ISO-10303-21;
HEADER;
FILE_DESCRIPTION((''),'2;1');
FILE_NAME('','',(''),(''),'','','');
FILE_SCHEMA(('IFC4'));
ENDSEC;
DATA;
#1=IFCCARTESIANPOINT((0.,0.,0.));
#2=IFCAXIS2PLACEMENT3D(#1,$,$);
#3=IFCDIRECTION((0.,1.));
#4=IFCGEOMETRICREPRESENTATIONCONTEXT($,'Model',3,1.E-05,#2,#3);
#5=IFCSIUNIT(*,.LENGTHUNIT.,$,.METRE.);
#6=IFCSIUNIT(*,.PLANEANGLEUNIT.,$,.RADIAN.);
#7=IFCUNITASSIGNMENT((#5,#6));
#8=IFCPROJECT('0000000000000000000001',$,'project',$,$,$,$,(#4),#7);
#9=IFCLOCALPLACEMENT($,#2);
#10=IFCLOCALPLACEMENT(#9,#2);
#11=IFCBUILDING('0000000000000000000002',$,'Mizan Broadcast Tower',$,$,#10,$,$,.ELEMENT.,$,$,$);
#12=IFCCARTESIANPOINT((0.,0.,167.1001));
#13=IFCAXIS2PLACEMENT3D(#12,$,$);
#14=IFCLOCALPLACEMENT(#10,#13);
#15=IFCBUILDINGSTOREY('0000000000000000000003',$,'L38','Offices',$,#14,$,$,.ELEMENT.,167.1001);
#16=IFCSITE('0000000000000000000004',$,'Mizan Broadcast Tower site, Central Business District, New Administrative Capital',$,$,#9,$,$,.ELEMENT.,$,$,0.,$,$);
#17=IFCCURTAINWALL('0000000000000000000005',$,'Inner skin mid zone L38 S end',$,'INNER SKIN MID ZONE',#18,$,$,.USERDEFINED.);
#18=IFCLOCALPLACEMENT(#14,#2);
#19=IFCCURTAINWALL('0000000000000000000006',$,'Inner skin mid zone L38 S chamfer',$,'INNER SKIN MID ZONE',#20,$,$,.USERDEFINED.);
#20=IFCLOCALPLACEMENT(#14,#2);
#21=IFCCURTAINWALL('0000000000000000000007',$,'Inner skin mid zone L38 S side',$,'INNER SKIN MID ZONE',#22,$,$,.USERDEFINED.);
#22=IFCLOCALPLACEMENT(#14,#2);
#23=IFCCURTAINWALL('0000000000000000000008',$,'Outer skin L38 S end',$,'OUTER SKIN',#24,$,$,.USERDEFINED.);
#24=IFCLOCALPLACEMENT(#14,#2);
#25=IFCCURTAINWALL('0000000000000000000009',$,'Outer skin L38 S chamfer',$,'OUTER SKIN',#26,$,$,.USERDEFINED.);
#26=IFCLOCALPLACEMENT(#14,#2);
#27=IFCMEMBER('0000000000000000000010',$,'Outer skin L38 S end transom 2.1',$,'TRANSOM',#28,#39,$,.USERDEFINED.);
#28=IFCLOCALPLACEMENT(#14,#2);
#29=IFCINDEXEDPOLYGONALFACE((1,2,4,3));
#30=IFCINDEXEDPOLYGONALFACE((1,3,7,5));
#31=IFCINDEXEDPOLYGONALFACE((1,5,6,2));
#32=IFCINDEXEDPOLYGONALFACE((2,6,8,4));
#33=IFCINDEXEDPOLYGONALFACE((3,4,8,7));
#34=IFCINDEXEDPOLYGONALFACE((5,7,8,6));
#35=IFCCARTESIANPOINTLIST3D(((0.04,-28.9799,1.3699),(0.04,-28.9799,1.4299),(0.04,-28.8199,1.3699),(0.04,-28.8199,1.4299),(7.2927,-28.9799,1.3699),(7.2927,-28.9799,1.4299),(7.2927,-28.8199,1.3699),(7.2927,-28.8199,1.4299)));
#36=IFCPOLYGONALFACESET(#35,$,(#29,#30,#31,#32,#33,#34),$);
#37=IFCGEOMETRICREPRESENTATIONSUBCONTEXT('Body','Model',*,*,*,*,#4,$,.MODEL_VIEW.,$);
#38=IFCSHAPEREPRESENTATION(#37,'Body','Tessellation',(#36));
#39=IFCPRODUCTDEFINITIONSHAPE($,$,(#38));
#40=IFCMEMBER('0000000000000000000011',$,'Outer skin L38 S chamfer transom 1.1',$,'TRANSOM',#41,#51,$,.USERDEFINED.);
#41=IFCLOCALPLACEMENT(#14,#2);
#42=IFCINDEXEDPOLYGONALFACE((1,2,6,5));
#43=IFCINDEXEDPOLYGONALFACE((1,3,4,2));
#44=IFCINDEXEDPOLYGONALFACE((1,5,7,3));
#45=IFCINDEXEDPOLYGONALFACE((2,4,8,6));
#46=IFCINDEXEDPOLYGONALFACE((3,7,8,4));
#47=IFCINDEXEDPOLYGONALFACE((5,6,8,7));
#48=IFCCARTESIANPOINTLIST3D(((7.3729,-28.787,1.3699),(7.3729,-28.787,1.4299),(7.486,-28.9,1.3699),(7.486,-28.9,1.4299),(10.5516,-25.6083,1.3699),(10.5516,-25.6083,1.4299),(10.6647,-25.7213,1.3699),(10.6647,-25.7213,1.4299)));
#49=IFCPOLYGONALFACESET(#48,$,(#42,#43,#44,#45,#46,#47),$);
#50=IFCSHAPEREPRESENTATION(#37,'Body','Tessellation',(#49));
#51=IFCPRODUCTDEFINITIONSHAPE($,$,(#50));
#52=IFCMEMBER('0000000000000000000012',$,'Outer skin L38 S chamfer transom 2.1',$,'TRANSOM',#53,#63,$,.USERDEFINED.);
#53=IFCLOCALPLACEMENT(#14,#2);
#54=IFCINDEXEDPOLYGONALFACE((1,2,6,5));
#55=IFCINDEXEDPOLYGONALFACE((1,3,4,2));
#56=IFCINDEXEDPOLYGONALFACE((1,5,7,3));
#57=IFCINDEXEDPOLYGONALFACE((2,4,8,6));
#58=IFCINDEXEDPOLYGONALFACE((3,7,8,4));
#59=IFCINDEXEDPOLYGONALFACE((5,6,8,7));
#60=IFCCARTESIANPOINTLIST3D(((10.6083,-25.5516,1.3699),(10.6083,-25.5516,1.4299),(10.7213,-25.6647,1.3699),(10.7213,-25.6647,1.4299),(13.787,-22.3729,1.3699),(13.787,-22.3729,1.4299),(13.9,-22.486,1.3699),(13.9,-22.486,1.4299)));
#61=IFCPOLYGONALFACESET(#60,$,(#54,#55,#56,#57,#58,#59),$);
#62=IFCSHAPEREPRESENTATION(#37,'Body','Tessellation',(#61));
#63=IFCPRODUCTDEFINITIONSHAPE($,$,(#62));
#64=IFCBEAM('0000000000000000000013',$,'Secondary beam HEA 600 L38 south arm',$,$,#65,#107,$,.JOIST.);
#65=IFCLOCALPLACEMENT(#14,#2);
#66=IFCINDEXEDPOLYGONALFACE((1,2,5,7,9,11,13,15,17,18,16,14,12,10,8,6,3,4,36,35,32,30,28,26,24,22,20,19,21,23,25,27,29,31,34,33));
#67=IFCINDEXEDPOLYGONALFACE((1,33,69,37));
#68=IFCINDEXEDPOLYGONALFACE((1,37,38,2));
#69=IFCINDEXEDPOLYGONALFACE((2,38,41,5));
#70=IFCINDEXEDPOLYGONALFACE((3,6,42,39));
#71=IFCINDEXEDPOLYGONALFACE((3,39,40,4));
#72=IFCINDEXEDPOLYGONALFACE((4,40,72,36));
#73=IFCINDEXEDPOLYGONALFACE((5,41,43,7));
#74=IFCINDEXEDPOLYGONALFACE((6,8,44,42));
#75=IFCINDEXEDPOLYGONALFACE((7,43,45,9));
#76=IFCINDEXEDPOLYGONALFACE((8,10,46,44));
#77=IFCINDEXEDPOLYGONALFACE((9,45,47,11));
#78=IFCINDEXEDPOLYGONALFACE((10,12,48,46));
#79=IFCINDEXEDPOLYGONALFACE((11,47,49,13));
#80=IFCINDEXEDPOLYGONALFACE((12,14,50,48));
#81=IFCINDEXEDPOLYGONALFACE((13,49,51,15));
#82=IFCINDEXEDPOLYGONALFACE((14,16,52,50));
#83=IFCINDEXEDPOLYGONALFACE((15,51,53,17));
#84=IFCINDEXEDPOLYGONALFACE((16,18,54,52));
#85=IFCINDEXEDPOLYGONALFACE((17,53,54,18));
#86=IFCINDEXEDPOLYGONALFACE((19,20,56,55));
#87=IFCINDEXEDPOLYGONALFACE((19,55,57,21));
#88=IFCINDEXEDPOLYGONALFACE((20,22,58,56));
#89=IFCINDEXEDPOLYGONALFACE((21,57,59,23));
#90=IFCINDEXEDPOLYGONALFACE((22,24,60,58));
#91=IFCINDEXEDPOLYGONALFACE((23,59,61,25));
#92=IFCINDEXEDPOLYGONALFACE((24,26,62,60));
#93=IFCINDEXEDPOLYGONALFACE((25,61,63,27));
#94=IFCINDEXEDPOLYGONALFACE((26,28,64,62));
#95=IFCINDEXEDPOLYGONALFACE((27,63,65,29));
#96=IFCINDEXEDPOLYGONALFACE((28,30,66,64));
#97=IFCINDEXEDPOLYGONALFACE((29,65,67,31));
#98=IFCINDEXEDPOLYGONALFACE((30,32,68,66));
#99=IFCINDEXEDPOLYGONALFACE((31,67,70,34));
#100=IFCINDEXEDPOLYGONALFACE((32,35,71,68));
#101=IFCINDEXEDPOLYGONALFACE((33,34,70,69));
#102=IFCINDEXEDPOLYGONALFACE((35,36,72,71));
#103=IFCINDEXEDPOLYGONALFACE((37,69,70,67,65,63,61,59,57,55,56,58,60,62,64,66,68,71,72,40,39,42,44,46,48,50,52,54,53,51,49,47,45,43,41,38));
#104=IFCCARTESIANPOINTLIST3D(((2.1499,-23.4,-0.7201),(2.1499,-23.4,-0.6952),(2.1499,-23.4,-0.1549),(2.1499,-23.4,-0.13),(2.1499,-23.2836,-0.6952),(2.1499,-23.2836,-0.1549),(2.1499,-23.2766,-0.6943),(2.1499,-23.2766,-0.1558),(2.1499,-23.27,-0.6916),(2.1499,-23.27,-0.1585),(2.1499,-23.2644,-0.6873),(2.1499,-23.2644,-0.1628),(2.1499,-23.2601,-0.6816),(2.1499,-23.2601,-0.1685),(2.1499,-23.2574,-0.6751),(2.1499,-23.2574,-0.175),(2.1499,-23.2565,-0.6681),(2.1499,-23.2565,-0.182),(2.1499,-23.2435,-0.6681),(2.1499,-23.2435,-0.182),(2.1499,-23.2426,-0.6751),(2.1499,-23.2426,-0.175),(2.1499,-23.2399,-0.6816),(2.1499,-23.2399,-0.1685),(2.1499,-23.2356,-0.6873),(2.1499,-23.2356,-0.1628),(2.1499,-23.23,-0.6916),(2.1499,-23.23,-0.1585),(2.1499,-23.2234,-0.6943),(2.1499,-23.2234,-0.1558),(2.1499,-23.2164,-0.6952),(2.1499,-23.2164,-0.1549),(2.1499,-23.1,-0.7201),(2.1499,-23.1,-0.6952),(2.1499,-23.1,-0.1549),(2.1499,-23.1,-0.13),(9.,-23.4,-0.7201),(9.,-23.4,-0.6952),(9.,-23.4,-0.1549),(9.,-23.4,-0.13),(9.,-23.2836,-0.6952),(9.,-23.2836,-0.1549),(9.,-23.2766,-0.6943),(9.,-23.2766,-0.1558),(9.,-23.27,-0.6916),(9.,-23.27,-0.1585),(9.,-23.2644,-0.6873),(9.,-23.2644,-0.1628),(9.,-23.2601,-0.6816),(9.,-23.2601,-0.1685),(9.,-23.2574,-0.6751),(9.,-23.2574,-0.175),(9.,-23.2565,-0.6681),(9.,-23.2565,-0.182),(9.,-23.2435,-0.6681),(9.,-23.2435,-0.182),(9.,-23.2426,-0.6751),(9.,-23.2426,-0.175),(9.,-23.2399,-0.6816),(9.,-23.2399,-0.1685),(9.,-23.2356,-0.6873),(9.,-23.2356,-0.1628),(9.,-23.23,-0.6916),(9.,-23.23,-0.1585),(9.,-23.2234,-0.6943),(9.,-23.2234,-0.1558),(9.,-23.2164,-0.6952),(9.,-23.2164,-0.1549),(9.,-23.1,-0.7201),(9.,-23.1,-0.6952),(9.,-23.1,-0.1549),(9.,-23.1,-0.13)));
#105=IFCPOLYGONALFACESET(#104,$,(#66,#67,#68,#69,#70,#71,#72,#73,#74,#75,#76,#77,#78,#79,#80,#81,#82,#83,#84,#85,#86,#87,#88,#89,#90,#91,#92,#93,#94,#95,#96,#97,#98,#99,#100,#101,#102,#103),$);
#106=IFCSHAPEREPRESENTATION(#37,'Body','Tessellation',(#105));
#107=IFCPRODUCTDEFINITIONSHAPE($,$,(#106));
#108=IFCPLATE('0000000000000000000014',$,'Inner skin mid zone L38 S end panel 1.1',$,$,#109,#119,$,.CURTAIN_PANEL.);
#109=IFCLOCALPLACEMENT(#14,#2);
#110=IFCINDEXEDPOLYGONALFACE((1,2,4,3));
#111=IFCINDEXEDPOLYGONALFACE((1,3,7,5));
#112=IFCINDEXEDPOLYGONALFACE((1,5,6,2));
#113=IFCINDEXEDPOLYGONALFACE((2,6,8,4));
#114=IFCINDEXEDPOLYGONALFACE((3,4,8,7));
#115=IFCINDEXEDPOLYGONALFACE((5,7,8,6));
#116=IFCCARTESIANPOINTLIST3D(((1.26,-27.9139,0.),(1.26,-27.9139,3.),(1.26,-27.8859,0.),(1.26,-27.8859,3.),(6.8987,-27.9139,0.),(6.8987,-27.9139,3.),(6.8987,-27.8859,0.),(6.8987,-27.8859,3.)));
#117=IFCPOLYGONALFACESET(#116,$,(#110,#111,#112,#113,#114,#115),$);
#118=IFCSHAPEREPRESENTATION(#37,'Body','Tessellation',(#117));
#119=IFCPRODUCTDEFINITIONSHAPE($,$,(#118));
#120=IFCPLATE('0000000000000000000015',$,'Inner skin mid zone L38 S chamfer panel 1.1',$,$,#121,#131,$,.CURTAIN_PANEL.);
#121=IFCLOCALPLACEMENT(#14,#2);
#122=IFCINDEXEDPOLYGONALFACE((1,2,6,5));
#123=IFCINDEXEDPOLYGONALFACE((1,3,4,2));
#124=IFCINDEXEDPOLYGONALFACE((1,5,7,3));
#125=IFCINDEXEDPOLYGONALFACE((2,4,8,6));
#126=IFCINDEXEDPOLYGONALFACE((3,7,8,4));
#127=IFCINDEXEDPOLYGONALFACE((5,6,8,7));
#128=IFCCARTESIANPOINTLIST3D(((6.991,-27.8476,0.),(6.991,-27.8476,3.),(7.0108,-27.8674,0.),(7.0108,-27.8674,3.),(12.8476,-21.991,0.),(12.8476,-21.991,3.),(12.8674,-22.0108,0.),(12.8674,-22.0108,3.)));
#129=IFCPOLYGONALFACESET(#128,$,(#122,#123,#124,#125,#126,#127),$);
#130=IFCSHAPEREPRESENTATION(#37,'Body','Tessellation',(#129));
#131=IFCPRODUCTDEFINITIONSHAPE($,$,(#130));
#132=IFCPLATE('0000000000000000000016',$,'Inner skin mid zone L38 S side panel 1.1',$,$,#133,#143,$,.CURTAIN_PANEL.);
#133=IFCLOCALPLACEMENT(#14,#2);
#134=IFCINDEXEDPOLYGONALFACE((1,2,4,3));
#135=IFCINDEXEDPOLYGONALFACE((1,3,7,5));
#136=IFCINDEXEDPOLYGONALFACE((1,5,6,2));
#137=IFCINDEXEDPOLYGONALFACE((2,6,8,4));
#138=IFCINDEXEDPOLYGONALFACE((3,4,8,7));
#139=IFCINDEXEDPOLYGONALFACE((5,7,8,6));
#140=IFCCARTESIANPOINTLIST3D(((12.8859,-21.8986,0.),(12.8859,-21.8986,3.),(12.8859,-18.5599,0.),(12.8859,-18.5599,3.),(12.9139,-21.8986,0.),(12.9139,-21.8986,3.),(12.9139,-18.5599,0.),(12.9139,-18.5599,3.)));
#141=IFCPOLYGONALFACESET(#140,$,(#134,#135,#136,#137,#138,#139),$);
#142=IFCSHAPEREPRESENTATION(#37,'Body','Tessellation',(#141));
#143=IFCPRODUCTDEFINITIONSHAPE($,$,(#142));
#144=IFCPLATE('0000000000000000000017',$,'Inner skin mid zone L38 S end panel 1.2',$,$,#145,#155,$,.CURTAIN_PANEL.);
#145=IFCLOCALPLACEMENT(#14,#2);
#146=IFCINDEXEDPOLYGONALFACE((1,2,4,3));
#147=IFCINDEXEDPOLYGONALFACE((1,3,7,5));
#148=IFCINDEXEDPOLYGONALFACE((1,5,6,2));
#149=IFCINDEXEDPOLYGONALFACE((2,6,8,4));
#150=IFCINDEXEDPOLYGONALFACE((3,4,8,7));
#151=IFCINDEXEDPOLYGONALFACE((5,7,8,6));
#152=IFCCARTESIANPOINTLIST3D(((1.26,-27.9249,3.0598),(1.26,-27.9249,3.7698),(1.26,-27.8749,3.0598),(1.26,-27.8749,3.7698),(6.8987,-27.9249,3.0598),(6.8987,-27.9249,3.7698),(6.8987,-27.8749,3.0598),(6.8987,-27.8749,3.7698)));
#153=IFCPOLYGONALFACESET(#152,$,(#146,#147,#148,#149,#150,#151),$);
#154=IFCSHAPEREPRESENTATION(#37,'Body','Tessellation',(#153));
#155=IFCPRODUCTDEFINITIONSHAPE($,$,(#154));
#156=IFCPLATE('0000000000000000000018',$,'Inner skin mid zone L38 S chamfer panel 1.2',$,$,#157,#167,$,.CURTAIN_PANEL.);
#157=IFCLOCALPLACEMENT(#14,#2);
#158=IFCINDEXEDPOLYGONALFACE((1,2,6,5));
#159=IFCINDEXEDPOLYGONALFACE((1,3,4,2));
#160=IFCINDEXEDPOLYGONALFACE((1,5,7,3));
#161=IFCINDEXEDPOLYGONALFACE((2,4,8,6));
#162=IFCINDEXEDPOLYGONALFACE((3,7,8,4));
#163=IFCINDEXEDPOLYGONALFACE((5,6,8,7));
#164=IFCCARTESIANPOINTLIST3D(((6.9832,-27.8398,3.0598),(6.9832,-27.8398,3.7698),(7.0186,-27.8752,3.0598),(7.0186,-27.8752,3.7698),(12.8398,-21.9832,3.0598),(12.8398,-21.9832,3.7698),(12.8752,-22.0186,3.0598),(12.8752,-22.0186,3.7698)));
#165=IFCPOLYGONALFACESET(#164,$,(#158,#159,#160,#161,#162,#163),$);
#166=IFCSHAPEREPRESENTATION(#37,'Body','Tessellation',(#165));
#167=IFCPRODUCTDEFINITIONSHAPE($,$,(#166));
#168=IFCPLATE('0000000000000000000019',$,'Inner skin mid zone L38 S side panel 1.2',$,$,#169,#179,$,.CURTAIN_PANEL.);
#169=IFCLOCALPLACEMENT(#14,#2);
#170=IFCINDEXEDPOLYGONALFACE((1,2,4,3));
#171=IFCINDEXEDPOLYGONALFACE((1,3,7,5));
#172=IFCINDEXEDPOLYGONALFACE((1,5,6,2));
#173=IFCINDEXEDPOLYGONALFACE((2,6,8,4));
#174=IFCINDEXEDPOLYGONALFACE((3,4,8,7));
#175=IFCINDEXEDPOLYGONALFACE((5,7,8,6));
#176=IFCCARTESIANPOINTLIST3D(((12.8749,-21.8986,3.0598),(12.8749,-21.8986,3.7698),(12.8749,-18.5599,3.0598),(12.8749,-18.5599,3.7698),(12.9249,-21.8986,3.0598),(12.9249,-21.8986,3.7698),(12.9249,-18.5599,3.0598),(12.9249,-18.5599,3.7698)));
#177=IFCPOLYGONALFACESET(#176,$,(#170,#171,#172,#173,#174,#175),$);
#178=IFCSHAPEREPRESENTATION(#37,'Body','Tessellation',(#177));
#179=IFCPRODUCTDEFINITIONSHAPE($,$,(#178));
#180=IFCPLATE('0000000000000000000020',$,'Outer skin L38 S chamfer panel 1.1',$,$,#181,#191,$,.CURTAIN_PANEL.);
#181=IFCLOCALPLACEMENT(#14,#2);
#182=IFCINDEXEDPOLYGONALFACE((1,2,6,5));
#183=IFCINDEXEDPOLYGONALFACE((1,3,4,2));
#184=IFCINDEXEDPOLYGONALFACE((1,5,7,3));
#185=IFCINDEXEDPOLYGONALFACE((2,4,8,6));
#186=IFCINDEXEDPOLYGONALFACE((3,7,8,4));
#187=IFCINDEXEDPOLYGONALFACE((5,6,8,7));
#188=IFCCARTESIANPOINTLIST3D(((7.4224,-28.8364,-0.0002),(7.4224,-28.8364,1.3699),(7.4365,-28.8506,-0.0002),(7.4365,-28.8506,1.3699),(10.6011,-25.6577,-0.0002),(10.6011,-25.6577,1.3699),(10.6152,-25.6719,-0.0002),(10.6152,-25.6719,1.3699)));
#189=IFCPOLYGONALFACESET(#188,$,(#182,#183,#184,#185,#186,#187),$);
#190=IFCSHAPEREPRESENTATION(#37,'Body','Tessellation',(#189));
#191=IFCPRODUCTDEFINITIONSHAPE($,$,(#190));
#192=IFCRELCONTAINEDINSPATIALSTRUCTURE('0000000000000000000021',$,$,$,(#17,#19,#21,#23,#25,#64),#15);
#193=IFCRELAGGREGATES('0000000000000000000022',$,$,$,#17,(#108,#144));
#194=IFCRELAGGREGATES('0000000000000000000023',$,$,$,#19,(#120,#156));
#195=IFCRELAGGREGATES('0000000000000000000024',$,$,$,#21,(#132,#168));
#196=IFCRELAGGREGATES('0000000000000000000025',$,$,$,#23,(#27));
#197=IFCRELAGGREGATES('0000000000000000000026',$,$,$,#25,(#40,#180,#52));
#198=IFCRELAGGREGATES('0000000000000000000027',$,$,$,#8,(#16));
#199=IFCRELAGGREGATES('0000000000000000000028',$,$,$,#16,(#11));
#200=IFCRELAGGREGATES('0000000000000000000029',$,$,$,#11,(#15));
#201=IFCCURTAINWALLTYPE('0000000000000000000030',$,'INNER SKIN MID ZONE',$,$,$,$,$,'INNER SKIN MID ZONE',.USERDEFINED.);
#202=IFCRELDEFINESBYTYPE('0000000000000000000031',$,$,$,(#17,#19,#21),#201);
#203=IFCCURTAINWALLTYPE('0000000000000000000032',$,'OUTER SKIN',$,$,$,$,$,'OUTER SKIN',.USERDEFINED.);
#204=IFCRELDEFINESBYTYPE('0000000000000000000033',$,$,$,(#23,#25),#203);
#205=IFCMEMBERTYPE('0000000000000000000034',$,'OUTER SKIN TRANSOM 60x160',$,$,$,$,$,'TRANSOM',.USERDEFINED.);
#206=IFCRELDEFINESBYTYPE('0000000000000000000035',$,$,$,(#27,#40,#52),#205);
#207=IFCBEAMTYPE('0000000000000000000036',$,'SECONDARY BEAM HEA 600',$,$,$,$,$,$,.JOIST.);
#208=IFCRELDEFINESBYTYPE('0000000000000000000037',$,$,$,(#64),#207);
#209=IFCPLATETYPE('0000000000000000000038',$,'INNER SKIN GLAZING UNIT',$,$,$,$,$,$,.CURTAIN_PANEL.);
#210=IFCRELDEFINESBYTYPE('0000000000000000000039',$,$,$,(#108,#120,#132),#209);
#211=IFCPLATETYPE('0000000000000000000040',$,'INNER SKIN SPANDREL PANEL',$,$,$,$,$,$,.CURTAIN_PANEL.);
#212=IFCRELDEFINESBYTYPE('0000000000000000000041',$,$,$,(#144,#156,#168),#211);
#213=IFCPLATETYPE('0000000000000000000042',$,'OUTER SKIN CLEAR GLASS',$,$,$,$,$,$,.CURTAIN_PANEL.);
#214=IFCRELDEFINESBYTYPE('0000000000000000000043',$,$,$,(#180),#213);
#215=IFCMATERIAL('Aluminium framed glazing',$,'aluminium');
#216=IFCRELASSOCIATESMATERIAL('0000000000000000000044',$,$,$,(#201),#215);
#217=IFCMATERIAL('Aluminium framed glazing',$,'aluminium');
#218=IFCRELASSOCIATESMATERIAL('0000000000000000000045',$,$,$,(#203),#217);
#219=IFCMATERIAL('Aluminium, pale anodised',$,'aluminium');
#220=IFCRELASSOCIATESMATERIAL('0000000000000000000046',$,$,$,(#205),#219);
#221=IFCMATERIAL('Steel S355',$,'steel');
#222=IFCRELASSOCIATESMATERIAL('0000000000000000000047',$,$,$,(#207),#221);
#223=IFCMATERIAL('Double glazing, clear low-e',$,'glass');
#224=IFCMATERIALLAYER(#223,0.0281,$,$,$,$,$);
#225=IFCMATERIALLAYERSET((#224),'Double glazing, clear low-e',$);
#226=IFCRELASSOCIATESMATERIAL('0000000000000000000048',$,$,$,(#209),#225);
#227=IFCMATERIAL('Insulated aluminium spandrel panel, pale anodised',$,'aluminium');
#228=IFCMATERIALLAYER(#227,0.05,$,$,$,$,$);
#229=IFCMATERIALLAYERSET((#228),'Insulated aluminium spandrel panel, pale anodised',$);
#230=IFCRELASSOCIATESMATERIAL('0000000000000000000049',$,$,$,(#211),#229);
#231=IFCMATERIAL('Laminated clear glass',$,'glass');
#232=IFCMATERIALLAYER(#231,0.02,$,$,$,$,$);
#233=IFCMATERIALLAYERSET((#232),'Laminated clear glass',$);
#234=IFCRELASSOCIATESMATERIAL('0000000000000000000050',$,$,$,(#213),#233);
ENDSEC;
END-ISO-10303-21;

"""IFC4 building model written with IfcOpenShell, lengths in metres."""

from ifc_helpers import new_model, si_unit, direction, frame, origin, origin_2d, place, context, subcontext, project, spatial, rectangle, i_section, extrude, material, layer, layer_set, material_profile, profile_set, type_object, element, aggregate, save


model = new_model("IFC4")

# Units and contexts
model_context = context("Model", 3, precision=1e-05, world=origin(), true_north=direction((0.0, 1.0)))
body_context = subcontext(model_context, "Body", "Model", "MODEL_VIEW")
ifc_project = project(units=[si_unit("LENGTHUNIT", "METRE"), si_unit("PLANEANGLEUNIT", "RADIAN")], contexts=[model_context])

# Site, building, storey
site_placement = place(None, origin())
site = spatial("IfcSite", under=ifc_project, at=site_placement, Name="Mizan Broadcast Tower site, Central Business District, New Administrative Capital", CompositionType="ELEMENT", RefElevation=0.0)
building_placement = place(site_placement, origin())
building = spatial("IfcBuilding", under=site, at=building_placement, Name="Mizan Broadcast Tower", CompositionType="ELEMENT")
storey_placement = place(building_placement, frame((0.0, 0.0, 167.1001)))
storey = spatial("IfcBuildingStorey", under=building, at=storey_placement, Name="L38", Description="Offices", CompositionType="ELEMENT", Elevation=167.1001)

# Curtain wall
ifc_material_1 = material(Name="Aluminium framed glazing", Category="aluminium")
curtain_wall_type_1 = type_object("IfcCurtainWallType", Name="INNER SKIN MID ZONE", ElementType="INNER SKIN MID ZONE", PredefinedType="USERDEFINED", material=ifc_material_1)
curtain_wall_1_placement = place(storey_placement, origin())
curtain_wall_1 = element("IfcCurtainWall", 1, at=curtain_wall_1_placement, inside=storey, type_object=curtain_wall_type_1, Name="Inner skin mid zone L38 S end", ObjectType="INNER SKIN MID ZONE", PredefinedType="USERDEFINED")

# Curtain wall
curtain_wall_2_placement = place(storey_placement, origin())
curtain_wall_2 = element("IfcCurtainWall", 2, at=curtain_wall_2_placement, inside=storey, type_object=curtain_wall_type_1, Name="Inner skin mid zone L38 S chamfer", ObjectType="INNER SKIN MID ZONE", PredefinedType="USERDEFINED")

# Curtain wall
curtain_wall_3_placement = place(storey_placement, origin())
curtain_wall_3 = element("IfcCurtainWall", 3, at=curtain_wall_3_placement, inside=storey, type_object=curtain_wall_type_1, Name="Inner skin mid zone L38 S side", ObjectType="INNER SKIN MID ZONE", PredefinedType="USERDEFINED")

# Curtain wall
ifc_material_2 = material(Name="Aluminium framed glazing", Category="aluminium")
curtain_wall_type_2 = type_object("IfcCurtainWallType", Name="OUTER SKIN", ElementType="OUTER SKIN", PredefinedType="USERDEFINED", material=ifc_material_2)
curtain_wall_4_placement = place(storey_placement, origin())
curtain_wall_4 = element("IfcCurtainWall", 4, at=curtain_wall_4_placement, inside=storey, type_object=curtain_wall_type_2, Name="Outer skin L38 S end", ObjectType="OUTER SKIN", PredefinedType="USERDEFINED")

# Curtain wall
curtain_wall_5_placement = place(storey_placement, origin())
curtain_wall_5 = element("IfcCurtainWall", 5, at=curtain_wall_5_placement, inside=storey, type_object=curtain_wall_type_2, Name="Outer skin L38 S chamfer", ObjectType="OUTER SKIN", PredefinedType="USERDEFINED")

# Members
ifc_material_3 = material(Name="Aluminium, pale anodised", Category="aluminium")
ifc_material_profile_1 = material_profile(ifc_material_3, rectangle(XDim=0.1599, YDim=0.0601, at=origin_2d()), Name="TRANSOM 160x60")
ifc_profile_set_1 = profile_set([ifc_material_profile_1], Name="Aluminium, pale anodised")
member_type_1 = type_object("IfcMemberType", Name="OUTER SKIN TRANSOM 60x160", ElementType="TRANSOM", PredefinedType="USERDEFINED", material=ifc_profile_set_1)
member_1_placement = place(storey_placement, frame((0.04, -28.8999, 1.3999), z_axis=(1.0, 0.0, 0.0), x_axis=(0.0, 1.0, 0.0)))
member_1 = element("IfcMember", 6, at=member_1_placement, type_object=member_type_1, Name="Outer skin L38 S end transom 2.1", ObjectType="TRANSOM", PredefinedType="USERDEFINED", context=body_context, shape_type="SweptSolid", body=[
    extrude(rectangle(XDim=0.1599, YDim=0.0601, at=origin_2d()), origin(), (0.0, 0.0, 1.0), 7.2527),
])
member_2_placement = place(storey_placement, frame((7.4294, -28.8435, 1.3999), z_axis=(0.707107, 0.707107, 0.0), x_axis=(-0.707107, 0.707107, 0.0)))
member_2 = element("IfcMember", 7, at=member_2_placement, type_object=member_type_1, Name="Outer skin L38 S chamfer transom 1.1", ObjectType="TRANSOM", PredefinedType="USERDEFINED", context=body_context, shape_type="SweptSolid", body=[
    extrude(rectangle(XDim=0.1599, YDim=0.0601, at=origin_2d()), origin(), (0.0, 0.0, 1.0), 4.4954),
])
member_3_placement = place(storey_placement, frame((10.6648, -25.6082, 1.3999), z_axis=(0.707107, 0.707107, 0.0), x_axis=(-0.707107, 0.707107, 0.0)))
member_3 = element("IfcMember", 8, at=member_3_placement, type_object=member_type_1, Name="Outer skin L38 S chamfer transom 2.1", ObjectType="TRANSOM", PredefinedType="USERDEFINED", context=body_context, shape_type="SweptSolid", body=[
    extrude(rectangle(XDim=0.1599, YDim=0.0601, at=origin_2d()), origin(), (0.0, 0.0, 1.0), 4.4954),
])

# Beam
ifc_material_4 = material(Name="Steel S355", Category="steel")
ifc_material_profile_2 = material_profile(ifc_material_4, i_section(OverallWidth=0.3, OverallDepth=0.5901, WebThickness=0.0129, FlangeThickness=0.0249, FilletRadius=0.0271, at=origin_2d()), Name="HEA 600")
ifc_profile_set_2 = profile_set([ifc_material_profile_2], Name="Steel S355")
beam_type_1 = type_object("IfcBeamType", Name="SECONDARY BEAM HEA 600", PredefinedType="JOIST", material=ifc_profile_set_2)
beam_1_placement = place(storey_placement, frame((9.0, -23.25, -0.425), z_axis=(-1.0, 0.0, 0.0), x_axis=(0.0, -1.0, 0.0)))
element("IfcBeam", 9, at=beam_1_placement, inside=storey, type_object=beam_type_1, Name="Secondary beam HEA 600 L38 south arm", PredefinedType="JOIST", context=body_context, shape_type="SweptSolid", body=[
    extrude(i_section(OverallWidth=0.3, OverallDepth=0.5901, WebThickness=0.0129, FlangeThickness=0.0249, FilletRadius=0.0271, at=origin_2d()), origin(), (0.0, 0.0, 1.0), 6.8501),
])

# Plates
ifc_material_5 = material(Name="Double glazing, clear low-e", Category="glass")
ifc_layer_1 = layer(ifc_material_5, 0.0281)
ifc_layer_set_1 = layer_set([ifc_layer_1], Name="Double glazing, clear low-e")
plate_type_1 = type_object("IfcPlateType", Name="INNER SKIN GLAZING UNIT", PredefinedType="CURTAIN_PANEL", material=ifc_layer_set_1)
plate_1_placement = place(storey_placement, frame((4.0793, -27.8999, 0.0), z_axis=(0.0, 0.0, 1.0), x_axis=(1.0, 0.0, 0.0)))
plate_1 = element("IfcPlate", 10, at=plate_1_placement, type_object=plate_type_1, Name="Inner skin mid zone L38 S end panel 1.1", PredefinedType="CURTAIN_PANEL", context=body_context, shape_type="SweptSolid", body=[
    extrude(rectangle(XDim=5.6387, YDim=0.0281, at=origin_2d()), origin(), (0.0, 0.0, 1.0), 3.0),
])
plate_2_placement = place(storey_placement, frame((9.9292, -24.9292, 0.0), z_axis=(0.0, 0.0, 1.0), x_axis=(0.707107, 0.707107, 0.0)))
plate_2 = element("IfcPlate", 11, at=plate_2_placement, type_object=plate_type_1, Name="Inner skin mid zone L38 S chamfer panel 1.1", PredefinedType="CURTAIN_PANEL", context=body_context, shape_type="SweptSolid", body=[
    extrude(rectangle(XDim=8.2825, YDim=0.0281, at=origin_2d()), origin(), (0.0, 0.0, 1.0), 3.0),
])
plate_3_placement = place(storey_placement, frame((12.8999, -20.2292, 0.0), z_axis=(0.0, 0.0, 1.0), x_axis=(0.0, 1.0, 0.0)))
plate_3 = element("IfcPlate", 12, at=plate_3_placement, type_object=plate_type_1, Name="Inner skin mid zone L38 S side panel 1.1", PredefinedType="CURTAIN_PANEL", context=body_context, shape_type="SweptSolid", body=[
    extrude(rectangle(XDim=3.3386, YDim=0.0281, at=origin_2d()), origin(), (0.0, 0.0, 1.0), 3.0),
])
ifc_material_6 = material(Name="Insulated aluminium spandrel panel, pale anodised", Category="aluminium")
ifc_layer_2 = layer(ifc_material_6, 0.05)
ifc_layer_set_2 = layer_set([ifc_layer_2], Name="Insulated aluminium spandrel panel, pale anodised")
plate_type_2 = type_object("IfcPlateType", Name="INNER SKIN SPANDREL PANEL", PredefinedType="CURTAIN_PANEL", material=ifc_layer_set_2)
plate_4_placement = place(storey_placement, frame((4.0793, -27.8999, 3.0598), z_axis=(0.0, 0.0, 1.0), x_axis=(1.0, 0.0, 0.0)))
plate_4 = element("IfcPlate", 13, at=plate_4_placement, type_object=plate_type_2, Name="Inner skin mid zone L38 S end panel 1.2", PredefinedType="CURTAIN_PANEL", context=body_context, shape_type="SweptSolid", body=[
    extrude(rectangle(XDim=5.6387, YDim=0.05, at=origin_2d()), origin(), (0.0, 0.0, 1.0), 0.71),
])
aggregate(curtain_wall_1, [plate_1, plate_4])
plate_5_placement = place(storey_placement, frame((9.9292, -24.9292, 3.0598), z_axis=(0.0, 0.0, 1.0), x_axis=(0.707107, 0.707107, 0.0)))
plate_5 = element("IfcPlate", 14, at=plate_5_placement, type_object=plate_type_2, Name="Inner skin mid zone L38 S chamfer panel 1.2", PredefinedType="CURTAIN_PANEL", context=body_context, shape_type="SweptSolid", body=[
    extrude(rectangle(XDim=8.2825, YDim=0.05, at=origin_2d()), origin(), (0.0, 0.0, 1.0), 0.71),
])
aggregate(curtain_wall_2, [plate_2, plate_5])
plate_6_placement = place(storey_placement, frame((12.8999, -20.2292, 3.0598), z_axis=(0.0, 0.0, 1.0), x_axis=(0.0, 1.0, 0.0)))
plate_6 = element("IfcPlate", 15, at=plate_6_placement, type_object=plate_type_2, Name="Inner skin mid zone L38 S side panel 1.2", PredefinedType="CURTAIN_PANEL", context=body_context, shape_type="SweptSolid", body=[
    extrude(rectangle(XDim=3.3386, YDim=0.05, at=origin_2d()), origin(), (0.0, 0.0, 1.0), 0.71),
])
aggregate(curtain_wall_3, [plate_3, plate_6])
ifc_material_7 = material(Name="Laminated clear glass", Category="glass")
ifc_layer_3 = layer(ifc_material_7, 0.02)
ifc_layer_set_3 = layer_set([ifc_layer_3], Name="Laminated clear glass")
plate_type_3 = type_object("IfcPlateType", Name="OUTER SKIN CLEAR GLASS", PredefinedType="CURTAIN_PANEL", material=ifc_layer_set_3)
plate_7_placement = place(storey_placement, frame((9.0188, -27.2542, -0.0002), z_axis=(0.0, 0.0, 1.0), x_axis=(0.707107, 0.707107, 0.0)))
plate_7 = element("IfcPlate", 16, at=plate_7_placement, type_object=plate_type_3, Name="Outer skin L38 S chamfer panel 1.1", PredefinedType="CURTAIN_PANEL", context=body_context, shape_type="SweptSolid", body=[
    extrude(rectangle(XDim=4.4954, YDim=0.02, at=origin_2d()), origin(), (0.0, 0.0, 1.0), 1.3701),
])
aggregate(curtain_wall_4, [member_1])
aggregate(curtain_wall_5, [member_2, plate_7, member_3])

save(model, "model.ifc")
